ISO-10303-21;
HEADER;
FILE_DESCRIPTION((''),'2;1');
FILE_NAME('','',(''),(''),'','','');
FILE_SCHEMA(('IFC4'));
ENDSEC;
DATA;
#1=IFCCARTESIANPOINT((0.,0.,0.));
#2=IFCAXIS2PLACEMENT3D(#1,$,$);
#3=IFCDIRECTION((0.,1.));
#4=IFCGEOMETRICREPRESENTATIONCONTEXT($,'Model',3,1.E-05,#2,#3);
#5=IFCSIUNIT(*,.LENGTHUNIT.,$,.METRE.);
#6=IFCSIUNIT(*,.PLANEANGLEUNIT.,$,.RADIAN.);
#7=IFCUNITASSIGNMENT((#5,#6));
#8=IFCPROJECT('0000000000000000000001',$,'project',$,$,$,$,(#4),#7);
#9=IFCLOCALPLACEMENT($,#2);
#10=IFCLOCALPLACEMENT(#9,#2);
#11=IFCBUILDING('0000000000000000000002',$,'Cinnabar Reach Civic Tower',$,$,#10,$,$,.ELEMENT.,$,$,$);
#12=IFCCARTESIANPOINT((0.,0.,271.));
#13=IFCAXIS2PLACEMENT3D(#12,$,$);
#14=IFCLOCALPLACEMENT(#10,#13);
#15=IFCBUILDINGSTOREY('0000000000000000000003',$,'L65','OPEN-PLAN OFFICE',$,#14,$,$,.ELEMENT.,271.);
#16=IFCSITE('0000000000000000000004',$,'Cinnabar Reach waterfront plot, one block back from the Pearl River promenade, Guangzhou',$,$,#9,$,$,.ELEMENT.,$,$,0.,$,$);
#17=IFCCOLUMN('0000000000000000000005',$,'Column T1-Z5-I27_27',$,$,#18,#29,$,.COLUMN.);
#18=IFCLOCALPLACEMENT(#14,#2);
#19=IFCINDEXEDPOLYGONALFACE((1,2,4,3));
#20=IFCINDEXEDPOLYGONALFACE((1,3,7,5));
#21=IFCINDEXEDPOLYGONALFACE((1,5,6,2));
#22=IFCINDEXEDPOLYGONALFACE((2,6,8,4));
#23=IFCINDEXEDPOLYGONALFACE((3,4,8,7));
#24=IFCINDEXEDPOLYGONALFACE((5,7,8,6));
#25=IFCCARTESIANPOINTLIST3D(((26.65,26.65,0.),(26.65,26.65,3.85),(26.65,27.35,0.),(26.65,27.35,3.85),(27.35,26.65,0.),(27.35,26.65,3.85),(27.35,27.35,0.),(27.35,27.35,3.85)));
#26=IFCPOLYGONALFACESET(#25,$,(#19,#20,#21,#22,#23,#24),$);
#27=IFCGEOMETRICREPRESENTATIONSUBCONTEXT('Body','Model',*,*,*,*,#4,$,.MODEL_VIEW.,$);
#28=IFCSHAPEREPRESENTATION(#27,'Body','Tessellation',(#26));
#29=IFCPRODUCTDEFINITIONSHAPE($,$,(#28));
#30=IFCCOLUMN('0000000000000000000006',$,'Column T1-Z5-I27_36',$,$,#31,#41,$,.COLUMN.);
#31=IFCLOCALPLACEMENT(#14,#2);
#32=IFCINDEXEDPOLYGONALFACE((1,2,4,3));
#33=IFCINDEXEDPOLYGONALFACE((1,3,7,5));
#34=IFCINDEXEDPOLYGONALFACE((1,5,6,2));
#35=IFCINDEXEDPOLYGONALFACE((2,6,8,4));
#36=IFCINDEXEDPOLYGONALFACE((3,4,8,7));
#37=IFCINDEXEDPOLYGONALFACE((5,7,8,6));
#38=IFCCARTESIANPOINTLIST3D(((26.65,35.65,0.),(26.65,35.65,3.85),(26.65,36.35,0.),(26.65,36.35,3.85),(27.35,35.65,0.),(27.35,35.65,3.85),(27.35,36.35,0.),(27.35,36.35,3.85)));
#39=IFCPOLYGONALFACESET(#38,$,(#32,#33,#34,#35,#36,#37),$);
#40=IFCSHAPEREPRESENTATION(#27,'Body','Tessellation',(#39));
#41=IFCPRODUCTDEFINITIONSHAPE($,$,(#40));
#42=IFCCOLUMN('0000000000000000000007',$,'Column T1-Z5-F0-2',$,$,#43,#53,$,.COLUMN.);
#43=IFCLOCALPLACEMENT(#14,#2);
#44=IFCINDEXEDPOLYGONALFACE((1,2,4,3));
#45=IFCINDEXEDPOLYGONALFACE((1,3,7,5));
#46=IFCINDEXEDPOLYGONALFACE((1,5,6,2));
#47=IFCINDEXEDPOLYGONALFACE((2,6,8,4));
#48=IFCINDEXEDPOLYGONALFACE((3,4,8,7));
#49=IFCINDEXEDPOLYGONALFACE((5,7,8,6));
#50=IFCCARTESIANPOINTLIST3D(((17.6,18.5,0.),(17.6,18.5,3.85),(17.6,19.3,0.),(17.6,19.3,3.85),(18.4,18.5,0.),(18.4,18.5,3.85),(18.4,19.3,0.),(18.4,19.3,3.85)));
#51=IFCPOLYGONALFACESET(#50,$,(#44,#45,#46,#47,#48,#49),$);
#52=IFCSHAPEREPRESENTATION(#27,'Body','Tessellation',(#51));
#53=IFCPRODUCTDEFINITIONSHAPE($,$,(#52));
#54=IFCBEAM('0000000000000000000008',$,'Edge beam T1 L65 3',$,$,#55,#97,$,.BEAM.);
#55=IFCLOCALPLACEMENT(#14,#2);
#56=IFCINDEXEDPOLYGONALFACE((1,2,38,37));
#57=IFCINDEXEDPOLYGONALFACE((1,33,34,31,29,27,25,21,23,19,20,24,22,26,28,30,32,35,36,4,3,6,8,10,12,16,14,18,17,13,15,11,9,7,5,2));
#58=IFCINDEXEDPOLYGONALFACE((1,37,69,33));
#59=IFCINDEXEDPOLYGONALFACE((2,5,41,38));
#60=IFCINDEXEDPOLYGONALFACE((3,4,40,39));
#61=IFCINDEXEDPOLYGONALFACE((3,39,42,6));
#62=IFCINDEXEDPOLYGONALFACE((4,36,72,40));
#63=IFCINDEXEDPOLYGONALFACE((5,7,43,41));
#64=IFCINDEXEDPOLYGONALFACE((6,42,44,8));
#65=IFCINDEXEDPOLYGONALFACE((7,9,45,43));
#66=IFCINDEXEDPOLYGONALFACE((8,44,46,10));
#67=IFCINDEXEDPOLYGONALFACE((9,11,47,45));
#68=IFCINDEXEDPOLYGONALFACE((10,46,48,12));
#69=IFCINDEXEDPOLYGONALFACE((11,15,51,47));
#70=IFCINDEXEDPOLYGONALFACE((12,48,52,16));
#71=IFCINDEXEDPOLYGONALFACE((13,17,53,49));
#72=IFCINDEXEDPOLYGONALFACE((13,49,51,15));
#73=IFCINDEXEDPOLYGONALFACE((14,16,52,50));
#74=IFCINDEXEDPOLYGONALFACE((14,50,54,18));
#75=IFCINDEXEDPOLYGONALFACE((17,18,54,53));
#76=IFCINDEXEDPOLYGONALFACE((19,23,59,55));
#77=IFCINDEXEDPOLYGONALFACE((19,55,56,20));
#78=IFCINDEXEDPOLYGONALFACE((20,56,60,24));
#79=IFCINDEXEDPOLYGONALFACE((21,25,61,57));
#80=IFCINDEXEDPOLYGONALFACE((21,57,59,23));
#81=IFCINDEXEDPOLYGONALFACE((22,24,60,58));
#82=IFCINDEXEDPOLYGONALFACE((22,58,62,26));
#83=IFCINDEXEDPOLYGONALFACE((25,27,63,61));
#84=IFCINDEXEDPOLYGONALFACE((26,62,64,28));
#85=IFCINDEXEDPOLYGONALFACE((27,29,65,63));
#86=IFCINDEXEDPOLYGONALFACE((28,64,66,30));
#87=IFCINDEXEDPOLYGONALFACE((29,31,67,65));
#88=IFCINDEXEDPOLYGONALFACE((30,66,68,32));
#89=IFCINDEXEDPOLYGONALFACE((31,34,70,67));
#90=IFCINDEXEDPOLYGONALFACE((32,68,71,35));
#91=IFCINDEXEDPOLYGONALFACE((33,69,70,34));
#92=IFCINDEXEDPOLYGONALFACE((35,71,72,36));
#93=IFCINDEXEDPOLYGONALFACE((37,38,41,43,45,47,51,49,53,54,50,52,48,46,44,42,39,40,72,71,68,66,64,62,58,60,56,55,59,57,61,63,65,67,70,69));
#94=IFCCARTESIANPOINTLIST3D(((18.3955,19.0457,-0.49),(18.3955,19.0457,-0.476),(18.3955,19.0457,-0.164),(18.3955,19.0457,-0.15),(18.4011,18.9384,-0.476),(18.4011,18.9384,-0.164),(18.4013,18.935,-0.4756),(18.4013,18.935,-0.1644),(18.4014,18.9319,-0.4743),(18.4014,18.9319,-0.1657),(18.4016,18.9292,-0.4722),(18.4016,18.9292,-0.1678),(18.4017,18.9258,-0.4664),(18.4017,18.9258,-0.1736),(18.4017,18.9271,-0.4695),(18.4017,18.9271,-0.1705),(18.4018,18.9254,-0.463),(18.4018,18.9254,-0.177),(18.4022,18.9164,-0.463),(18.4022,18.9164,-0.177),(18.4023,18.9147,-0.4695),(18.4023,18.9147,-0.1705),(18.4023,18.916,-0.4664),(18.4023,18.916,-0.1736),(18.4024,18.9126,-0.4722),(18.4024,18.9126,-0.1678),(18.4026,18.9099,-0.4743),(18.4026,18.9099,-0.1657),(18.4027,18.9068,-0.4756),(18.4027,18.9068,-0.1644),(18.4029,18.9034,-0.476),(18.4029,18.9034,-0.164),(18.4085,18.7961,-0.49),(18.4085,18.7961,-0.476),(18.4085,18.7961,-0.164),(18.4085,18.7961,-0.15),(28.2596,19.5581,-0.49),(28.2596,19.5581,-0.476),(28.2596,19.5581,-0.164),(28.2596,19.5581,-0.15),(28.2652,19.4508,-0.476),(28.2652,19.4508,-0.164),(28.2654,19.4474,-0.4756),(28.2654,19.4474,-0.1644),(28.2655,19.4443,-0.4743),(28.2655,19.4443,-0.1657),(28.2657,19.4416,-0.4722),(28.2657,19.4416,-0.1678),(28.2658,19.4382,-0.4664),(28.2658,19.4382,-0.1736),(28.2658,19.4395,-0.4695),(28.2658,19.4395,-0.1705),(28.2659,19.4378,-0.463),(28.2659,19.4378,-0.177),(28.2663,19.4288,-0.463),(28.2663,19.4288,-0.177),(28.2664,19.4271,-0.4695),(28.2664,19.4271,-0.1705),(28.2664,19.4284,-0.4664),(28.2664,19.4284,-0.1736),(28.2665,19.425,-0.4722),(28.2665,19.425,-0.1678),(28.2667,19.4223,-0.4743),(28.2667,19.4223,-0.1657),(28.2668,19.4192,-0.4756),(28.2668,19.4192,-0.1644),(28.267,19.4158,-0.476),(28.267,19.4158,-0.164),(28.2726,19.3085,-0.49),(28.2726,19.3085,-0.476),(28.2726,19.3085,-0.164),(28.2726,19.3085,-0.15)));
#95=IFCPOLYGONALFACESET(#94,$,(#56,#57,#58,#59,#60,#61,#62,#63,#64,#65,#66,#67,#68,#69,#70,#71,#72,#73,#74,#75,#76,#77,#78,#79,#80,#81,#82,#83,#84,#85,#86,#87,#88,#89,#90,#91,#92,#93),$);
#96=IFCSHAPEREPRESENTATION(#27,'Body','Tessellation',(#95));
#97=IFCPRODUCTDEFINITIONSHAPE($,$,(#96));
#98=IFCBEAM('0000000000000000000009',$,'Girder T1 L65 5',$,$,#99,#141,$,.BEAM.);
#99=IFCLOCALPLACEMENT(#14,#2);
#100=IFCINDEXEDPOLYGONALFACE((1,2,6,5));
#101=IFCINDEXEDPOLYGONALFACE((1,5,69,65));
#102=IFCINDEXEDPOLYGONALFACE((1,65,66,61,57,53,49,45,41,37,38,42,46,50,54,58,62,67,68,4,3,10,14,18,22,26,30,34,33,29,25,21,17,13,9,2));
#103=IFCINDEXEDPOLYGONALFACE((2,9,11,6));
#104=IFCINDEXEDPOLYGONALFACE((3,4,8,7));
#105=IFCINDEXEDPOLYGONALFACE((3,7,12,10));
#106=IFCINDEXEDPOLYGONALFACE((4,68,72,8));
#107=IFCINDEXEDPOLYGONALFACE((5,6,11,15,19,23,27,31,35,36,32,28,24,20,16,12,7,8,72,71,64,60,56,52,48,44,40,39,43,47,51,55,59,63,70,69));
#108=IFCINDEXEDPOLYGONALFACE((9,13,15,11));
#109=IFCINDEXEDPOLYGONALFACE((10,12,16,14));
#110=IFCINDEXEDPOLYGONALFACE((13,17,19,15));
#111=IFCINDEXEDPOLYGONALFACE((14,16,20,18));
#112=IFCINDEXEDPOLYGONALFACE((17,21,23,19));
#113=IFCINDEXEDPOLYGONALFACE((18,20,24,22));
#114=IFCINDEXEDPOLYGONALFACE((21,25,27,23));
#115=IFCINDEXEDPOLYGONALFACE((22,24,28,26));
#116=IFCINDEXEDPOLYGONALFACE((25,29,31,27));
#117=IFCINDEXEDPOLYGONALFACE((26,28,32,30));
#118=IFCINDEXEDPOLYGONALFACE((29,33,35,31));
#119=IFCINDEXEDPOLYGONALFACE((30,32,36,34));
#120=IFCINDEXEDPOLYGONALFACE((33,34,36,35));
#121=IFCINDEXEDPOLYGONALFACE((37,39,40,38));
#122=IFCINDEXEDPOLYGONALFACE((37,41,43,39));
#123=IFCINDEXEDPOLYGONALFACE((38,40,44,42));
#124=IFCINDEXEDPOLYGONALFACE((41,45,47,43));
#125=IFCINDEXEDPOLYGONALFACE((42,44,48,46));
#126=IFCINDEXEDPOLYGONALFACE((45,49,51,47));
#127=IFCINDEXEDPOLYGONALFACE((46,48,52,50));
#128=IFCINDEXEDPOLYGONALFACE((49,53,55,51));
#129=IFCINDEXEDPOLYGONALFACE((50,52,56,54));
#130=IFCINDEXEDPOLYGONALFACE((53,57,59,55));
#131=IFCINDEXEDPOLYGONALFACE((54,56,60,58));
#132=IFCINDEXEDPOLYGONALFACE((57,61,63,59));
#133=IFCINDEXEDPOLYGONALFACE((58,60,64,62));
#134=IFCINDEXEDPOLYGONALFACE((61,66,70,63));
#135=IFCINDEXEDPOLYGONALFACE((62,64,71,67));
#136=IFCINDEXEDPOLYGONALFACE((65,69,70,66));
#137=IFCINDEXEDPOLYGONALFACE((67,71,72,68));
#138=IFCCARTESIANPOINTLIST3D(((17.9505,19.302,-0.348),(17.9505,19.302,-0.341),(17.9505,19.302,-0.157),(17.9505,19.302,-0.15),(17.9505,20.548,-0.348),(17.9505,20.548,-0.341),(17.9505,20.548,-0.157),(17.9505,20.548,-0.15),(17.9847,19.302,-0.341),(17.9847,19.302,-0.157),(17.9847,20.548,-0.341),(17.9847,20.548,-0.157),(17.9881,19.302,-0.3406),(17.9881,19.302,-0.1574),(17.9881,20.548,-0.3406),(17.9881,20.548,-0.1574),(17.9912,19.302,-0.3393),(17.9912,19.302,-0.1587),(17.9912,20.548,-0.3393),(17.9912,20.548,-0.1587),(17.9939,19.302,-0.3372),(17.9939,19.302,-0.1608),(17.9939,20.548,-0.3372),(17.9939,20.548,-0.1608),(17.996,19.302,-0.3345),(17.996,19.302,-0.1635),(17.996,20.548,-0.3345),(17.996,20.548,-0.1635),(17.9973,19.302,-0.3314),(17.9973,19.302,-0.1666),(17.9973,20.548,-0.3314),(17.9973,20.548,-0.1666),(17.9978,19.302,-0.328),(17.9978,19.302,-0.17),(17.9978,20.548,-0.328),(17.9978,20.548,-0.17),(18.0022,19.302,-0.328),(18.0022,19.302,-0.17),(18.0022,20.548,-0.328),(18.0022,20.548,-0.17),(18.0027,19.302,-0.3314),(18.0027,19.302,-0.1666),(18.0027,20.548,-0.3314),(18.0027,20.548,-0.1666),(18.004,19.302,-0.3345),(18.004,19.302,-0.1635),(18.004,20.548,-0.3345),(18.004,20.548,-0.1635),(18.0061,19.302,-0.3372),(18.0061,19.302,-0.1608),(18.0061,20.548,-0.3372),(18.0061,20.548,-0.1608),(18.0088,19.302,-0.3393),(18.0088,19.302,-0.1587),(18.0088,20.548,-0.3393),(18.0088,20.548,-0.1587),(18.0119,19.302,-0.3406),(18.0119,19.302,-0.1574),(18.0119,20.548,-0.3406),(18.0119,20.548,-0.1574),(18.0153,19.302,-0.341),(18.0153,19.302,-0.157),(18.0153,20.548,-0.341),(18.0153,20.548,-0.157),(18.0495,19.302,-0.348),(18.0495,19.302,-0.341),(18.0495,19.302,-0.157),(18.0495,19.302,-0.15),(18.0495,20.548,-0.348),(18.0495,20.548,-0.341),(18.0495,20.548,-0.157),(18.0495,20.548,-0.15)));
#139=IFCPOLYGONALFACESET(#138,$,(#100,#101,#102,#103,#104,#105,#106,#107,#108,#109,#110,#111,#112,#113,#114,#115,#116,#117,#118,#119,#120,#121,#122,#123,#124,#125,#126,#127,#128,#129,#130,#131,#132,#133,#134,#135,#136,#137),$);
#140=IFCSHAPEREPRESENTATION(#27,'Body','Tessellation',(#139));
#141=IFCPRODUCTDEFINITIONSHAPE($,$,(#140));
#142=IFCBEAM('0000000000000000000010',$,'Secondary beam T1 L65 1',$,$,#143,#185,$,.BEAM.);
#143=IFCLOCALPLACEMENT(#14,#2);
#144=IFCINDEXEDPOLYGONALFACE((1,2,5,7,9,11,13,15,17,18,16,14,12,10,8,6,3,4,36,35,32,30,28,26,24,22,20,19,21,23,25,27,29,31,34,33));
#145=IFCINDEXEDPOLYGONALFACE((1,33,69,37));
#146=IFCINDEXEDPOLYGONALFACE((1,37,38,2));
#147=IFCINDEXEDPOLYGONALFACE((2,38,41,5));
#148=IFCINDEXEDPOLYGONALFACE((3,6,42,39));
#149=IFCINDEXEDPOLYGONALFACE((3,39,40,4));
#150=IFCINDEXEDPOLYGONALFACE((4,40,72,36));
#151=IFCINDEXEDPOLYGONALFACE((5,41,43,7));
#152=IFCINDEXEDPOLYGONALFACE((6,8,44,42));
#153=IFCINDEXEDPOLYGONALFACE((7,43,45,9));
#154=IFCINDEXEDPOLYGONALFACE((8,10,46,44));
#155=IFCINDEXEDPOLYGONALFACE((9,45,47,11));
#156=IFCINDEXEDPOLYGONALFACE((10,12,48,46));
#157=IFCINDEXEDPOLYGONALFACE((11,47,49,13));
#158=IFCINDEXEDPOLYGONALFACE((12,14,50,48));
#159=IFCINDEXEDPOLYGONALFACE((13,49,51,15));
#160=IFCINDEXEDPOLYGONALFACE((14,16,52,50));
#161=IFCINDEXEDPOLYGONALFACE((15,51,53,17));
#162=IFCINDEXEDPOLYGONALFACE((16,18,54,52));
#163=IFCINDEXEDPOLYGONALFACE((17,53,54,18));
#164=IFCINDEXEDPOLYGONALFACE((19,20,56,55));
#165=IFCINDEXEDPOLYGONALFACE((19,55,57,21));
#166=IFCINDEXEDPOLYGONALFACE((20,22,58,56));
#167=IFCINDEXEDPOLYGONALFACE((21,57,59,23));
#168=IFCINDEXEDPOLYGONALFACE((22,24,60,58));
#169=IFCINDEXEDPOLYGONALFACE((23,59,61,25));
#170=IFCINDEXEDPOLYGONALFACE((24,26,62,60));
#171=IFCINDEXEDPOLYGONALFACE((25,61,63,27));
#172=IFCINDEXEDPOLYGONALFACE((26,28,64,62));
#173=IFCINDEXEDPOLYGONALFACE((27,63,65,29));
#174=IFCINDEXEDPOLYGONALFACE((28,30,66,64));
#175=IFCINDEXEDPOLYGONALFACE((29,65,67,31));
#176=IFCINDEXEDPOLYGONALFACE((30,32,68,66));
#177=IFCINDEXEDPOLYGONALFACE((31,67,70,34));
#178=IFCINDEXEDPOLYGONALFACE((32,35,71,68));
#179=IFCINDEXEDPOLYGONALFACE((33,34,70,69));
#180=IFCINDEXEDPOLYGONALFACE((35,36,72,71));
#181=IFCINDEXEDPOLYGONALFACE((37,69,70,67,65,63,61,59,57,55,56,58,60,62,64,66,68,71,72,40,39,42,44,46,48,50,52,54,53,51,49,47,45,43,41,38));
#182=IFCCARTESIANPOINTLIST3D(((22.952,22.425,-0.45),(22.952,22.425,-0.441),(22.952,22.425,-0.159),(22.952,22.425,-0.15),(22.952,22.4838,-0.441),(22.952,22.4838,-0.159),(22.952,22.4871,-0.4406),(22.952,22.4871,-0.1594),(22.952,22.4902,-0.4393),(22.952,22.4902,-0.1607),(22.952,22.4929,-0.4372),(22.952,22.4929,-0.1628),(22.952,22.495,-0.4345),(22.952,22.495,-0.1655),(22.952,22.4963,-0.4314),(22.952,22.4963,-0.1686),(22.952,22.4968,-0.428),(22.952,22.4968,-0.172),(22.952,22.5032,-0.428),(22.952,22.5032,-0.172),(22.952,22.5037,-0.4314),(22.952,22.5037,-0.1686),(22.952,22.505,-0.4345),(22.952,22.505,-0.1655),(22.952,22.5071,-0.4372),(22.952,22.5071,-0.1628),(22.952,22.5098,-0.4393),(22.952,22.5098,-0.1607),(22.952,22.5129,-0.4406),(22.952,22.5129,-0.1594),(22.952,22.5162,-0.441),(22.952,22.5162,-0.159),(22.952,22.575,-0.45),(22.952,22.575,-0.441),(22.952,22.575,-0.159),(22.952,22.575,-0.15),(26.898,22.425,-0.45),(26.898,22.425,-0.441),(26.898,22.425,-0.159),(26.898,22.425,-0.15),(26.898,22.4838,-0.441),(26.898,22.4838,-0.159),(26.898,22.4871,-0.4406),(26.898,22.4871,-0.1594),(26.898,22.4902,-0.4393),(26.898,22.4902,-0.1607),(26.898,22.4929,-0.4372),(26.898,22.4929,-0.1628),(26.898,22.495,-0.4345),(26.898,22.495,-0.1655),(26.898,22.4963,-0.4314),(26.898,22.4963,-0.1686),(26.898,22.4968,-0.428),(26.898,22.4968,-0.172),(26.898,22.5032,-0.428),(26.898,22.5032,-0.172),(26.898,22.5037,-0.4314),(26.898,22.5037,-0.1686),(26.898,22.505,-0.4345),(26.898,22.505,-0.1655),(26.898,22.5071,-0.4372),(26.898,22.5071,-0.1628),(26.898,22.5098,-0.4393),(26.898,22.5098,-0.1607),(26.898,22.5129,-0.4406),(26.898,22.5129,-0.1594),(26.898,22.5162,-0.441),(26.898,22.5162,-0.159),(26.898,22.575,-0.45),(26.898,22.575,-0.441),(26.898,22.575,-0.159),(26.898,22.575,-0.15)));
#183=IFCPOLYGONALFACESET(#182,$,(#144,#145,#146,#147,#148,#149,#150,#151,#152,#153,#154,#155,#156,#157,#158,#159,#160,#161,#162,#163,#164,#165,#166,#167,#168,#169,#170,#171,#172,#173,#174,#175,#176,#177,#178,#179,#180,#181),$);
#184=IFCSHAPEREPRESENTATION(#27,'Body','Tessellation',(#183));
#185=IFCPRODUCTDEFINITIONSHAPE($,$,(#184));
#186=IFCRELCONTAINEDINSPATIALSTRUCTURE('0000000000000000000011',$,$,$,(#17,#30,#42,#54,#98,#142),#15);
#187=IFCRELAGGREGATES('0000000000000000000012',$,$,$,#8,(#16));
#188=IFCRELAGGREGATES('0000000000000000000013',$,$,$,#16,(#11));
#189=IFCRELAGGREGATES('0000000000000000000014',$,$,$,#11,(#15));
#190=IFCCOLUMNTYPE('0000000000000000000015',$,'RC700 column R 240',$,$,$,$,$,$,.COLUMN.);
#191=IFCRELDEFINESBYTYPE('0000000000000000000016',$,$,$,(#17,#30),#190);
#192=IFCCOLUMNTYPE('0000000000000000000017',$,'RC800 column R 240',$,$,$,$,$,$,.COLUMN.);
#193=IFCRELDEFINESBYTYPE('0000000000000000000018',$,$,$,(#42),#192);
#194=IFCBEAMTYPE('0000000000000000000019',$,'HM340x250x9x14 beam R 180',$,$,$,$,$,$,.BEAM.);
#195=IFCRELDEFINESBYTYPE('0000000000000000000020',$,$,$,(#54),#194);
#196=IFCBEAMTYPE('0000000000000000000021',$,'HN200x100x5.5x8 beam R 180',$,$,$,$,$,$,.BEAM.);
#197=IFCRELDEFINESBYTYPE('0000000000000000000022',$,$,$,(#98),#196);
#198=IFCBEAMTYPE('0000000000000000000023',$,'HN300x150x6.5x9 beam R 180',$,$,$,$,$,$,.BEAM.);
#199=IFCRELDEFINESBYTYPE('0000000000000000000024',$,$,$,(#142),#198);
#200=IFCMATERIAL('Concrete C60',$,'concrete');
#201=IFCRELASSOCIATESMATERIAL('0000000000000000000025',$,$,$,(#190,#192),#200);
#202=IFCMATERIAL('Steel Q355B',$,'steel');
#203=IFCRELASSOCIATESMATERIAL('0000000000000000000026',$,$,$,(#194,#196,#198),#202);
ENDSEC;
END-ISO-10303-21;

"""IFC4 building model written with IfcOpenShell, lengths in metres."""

from ifc_helpers import new_model, si_unit, direction, frame, origin, origin_2d, place, context, subcontext, project, spatial, rectangle, i_section, extrude, material, material_profile, profile_set, type_object, element, save


model = new_model("IFC4")

# Units and contexts
model_context = context("Model", 3, precision=1e-05, world=origin(), true_north=direction((0.0, 1.0)))
body_context = subcontext(model_context, "Body", "Model", "MODEL_VIEW")
ifc_project = project(units=[si_unit("LENGTHUNIT", "METRE"), si_unit("PLANEANGLEUNIT", "RADIAN")], contexts=[model_context])

# Site, building, storey
site_placement = place(None, origin())
site = spatial("IfcSite", under=ifc_project, at=site_placement, Name="Cinnabar Reach waterfront plot, one block back from the Pearl River promenade, Guangzhou", CompositionType="ELEMENT", RefElevation=0.0)
building_placement = place(site_placement, origin())
building = spatial("IfcBuilding", under=site, at=building_placement, Name="Cinnabar Reach Civic Tower", CompositionType="ELEMENT")
storey_placement = place(building_placement, frame((0.0, 0.0, 271.0)))
storey = spatial("IfcBuildingStorey", under=building, at=storey_placement, Name="L65", Description="OPEN-PLAN OFFICE", CompositionType="ELEMENT", Elevation=271.0)

# Columns
ifc_material_1 = material(Name="Concrete C60", Category="concrete")
ifc_material_profile_1 = material_profile(ifc_material_1, rectangle(XDim=0.7, YDim=0.7, at=origin_2d()), Name="RC700")
ifc_profile_set_1 = profile_set([ifc_material_profile_1], Name="Concrete C60")
column_type_1 = type_object("IfcColumnType", Name="RC700 column R 240", PredefinedType="COLUMN", material=ifc_profile_set_1)
for number, where, z_axis, x_axis, name in (
    (1, (27.0, 27.0, 0.0), (0.0, 0.0, 1.0), (1.0, 0.0, 0.0), "Column T1-Z5-I27_27"),
    (2, (27.0, 36.0, 0.0), (0.0, 0.0, 1.0), (1.0, 0.0, 0.0), "Column T1-Z5-I27_36"),
):
    element("IfcColumn", number, at=place(storey_placement, frame(where, z_axis=z_axis, x_axis=x_axis)), inside=storey, type_object=column_type_1, Name=name, PredefinedType="COLUMN", context=body_context, shape_type="SweptSolid", body=[
        extrude(rectangle(XDim=0.7, YDim=0.7, at=origin_2d()), origin(), (0.0, 0.0, 1.0), 3.85),
    ])
ifc_material_profile_2 = material_profile(ifc_material_1, rectangle(XDim=0.8, YDim=0.8, at=origin_2d()), Name="RC800")
ifc_profile_set_2 = profile_set([ifc_material_profile_2], Name="Concrete C60")
column_type_2 = type_object("IfcColumnType", Name="RC800 column R 240", PredefinedType="COLUMN", material=ifc_profile_set_2)
column_placement = place(storey_placement, frame((18.0, 18.9, 0.0), z_axis=(0.0, 0.0, 1.0), x_axis=(1.0, 0.0, 0.0)))
element("IfcColumn", 3, at=column_placement, inside=storey, type_object=column_type_2, Name="Column T1-Z5-F0-2", PredefinedType="COLUMN", context=body_context, shape_type="SweptSolid", body=[
    extrude(rectangle(XDim=0.8, YDim=0.8, at=origin_2d()), origin(), (0.0, 0.0, 1.0), 3.85),
])

# Beams
ifc_material_2 = material(Name="Steel Q355B", Category="steel")
ifc_material_profile_3 = material_profile(ifc_material_2, i_section(OverallWidth=0.25, OverallDepth=0.34, WebThickness=0.009, FlangeThickness=0.014, FilletRadius=0.013, at=origin_2d()), Name="HM340x250x9x14")
ifc_profile_set_3 = profile_set([ifc_material_profile_3], Name="Steel Q355B")
beam_type_1 = type_object("IfcBeamType", Name="HM340x250x9x14 beam R 180", PredefinedType="BEAM", material=ifc_profile_set_3)
beam_1_placement = place(storey_placement, frame((18.402, 18.9209, -0.32), z_axis=(0.998654, 0.051876, 0.0), x_axis=(-0.051876, 0.998654, 0.0)))
element("IfcBeam", 4, at=beam_1_placement, inside=storey, type_object=beam_type_1, Name="Edge beam T1 L65 3", PredefinedType="BEAM", context=body_context, shape_type="SweptSolid", body=[
    extrude(i_section(OverallWidth=0.25, OverallDepth=0.34, WebThickness=0.009, FlangeThickness=0.014, FilletRadius=0.013, at=origin_2d()), origin(), (0.0, 0.0, 1.0), 9.8774),
])
ifc_material_profile_4 = material_profile(ifc_material_2, i_section(OverallWidth=0.099, OverallDepth=0.198, WebThickness=0.0045, FlangeThickness=0.007, FilletRadius=0.013, at=origin_2d()), Name="HN200x100x5.5x8")
ifc_profile_set_4 = profile_set([ifc_material_profile_4], Name="Steel Q355B")
beam_type_2 = type_object("IfcBeamType", Name="HN200x100x5.5x8 beam R 180", PredefinedType="BEAM", material=ifc_profile_set_4)
beam_2_placement = place(storey_placement, frame((18.0, 19.302, -0.249), z_axis=(0.0, 1.0, 0.0), x_axis=(-1.0, 0.0, 0.0)))
element("IfcBeam", 5, at=beam_2_placement, inside=storey, type_object=beam_type_2, Name="Girder T1 L65 5", PredefinedType="BEAM", context=body_context, shape_type="SweptSolid", body=[
    extrude(i_section(OverallWidth=0.099, OverallDepth=0.198, WebThickness=0.0045, FlangeThickness=0.007, FilletRadius=0.013, at=origin_2d()), origin(), (0.0, 0.0, 1.0), 1.246),
])
ifc_material_profile_5 = material_profile(ifc_material_2, i_section(OverallWidth=0.15, OverallDepth=0.3, WebThickness=0.0065, FlangeThickness=0.009, FilletRadius=0.013, at=origin_2d()), Name="HN300x150x6.5x9")
ifc_profile_set_5 = profile_set([ifc_material_profile_5], Name="Steel Q355B")
beam_type_3 = type_object("IfcBeamType", Name="HN300x150x6.5x9 beam R 180", PredefinedType="BEAM", material=ifc_profile_set_5)
for number, where, z_axis, x_axis, name in (
    (6, (22.952, 22.5, -0.3), (1.0, 0.0, 0.0), (0.0, 1.0, 0.0), "Secondary beam T1 L65 1"),
):
    element("IfcBeam", number, at=place(storey_placement, frame(where, z_axis=z_axis, x_axis=x_axis)), inside=storey, type_object=beam_type_3, Name=name, PredefinedType="BEAM", context=body_context, shape_type="SweptSolid", body=[
        extrude(i_section(OverallWidth=0.15, OverallDepth=0.3, WebThickness=0.0065, FlangeThickness=0.009, FilletRadius=0.013, at=origin_2d()), origin(), (0.0, 0.0, 1.0), 3.946),
    ])

save(model, "model.ifc")
